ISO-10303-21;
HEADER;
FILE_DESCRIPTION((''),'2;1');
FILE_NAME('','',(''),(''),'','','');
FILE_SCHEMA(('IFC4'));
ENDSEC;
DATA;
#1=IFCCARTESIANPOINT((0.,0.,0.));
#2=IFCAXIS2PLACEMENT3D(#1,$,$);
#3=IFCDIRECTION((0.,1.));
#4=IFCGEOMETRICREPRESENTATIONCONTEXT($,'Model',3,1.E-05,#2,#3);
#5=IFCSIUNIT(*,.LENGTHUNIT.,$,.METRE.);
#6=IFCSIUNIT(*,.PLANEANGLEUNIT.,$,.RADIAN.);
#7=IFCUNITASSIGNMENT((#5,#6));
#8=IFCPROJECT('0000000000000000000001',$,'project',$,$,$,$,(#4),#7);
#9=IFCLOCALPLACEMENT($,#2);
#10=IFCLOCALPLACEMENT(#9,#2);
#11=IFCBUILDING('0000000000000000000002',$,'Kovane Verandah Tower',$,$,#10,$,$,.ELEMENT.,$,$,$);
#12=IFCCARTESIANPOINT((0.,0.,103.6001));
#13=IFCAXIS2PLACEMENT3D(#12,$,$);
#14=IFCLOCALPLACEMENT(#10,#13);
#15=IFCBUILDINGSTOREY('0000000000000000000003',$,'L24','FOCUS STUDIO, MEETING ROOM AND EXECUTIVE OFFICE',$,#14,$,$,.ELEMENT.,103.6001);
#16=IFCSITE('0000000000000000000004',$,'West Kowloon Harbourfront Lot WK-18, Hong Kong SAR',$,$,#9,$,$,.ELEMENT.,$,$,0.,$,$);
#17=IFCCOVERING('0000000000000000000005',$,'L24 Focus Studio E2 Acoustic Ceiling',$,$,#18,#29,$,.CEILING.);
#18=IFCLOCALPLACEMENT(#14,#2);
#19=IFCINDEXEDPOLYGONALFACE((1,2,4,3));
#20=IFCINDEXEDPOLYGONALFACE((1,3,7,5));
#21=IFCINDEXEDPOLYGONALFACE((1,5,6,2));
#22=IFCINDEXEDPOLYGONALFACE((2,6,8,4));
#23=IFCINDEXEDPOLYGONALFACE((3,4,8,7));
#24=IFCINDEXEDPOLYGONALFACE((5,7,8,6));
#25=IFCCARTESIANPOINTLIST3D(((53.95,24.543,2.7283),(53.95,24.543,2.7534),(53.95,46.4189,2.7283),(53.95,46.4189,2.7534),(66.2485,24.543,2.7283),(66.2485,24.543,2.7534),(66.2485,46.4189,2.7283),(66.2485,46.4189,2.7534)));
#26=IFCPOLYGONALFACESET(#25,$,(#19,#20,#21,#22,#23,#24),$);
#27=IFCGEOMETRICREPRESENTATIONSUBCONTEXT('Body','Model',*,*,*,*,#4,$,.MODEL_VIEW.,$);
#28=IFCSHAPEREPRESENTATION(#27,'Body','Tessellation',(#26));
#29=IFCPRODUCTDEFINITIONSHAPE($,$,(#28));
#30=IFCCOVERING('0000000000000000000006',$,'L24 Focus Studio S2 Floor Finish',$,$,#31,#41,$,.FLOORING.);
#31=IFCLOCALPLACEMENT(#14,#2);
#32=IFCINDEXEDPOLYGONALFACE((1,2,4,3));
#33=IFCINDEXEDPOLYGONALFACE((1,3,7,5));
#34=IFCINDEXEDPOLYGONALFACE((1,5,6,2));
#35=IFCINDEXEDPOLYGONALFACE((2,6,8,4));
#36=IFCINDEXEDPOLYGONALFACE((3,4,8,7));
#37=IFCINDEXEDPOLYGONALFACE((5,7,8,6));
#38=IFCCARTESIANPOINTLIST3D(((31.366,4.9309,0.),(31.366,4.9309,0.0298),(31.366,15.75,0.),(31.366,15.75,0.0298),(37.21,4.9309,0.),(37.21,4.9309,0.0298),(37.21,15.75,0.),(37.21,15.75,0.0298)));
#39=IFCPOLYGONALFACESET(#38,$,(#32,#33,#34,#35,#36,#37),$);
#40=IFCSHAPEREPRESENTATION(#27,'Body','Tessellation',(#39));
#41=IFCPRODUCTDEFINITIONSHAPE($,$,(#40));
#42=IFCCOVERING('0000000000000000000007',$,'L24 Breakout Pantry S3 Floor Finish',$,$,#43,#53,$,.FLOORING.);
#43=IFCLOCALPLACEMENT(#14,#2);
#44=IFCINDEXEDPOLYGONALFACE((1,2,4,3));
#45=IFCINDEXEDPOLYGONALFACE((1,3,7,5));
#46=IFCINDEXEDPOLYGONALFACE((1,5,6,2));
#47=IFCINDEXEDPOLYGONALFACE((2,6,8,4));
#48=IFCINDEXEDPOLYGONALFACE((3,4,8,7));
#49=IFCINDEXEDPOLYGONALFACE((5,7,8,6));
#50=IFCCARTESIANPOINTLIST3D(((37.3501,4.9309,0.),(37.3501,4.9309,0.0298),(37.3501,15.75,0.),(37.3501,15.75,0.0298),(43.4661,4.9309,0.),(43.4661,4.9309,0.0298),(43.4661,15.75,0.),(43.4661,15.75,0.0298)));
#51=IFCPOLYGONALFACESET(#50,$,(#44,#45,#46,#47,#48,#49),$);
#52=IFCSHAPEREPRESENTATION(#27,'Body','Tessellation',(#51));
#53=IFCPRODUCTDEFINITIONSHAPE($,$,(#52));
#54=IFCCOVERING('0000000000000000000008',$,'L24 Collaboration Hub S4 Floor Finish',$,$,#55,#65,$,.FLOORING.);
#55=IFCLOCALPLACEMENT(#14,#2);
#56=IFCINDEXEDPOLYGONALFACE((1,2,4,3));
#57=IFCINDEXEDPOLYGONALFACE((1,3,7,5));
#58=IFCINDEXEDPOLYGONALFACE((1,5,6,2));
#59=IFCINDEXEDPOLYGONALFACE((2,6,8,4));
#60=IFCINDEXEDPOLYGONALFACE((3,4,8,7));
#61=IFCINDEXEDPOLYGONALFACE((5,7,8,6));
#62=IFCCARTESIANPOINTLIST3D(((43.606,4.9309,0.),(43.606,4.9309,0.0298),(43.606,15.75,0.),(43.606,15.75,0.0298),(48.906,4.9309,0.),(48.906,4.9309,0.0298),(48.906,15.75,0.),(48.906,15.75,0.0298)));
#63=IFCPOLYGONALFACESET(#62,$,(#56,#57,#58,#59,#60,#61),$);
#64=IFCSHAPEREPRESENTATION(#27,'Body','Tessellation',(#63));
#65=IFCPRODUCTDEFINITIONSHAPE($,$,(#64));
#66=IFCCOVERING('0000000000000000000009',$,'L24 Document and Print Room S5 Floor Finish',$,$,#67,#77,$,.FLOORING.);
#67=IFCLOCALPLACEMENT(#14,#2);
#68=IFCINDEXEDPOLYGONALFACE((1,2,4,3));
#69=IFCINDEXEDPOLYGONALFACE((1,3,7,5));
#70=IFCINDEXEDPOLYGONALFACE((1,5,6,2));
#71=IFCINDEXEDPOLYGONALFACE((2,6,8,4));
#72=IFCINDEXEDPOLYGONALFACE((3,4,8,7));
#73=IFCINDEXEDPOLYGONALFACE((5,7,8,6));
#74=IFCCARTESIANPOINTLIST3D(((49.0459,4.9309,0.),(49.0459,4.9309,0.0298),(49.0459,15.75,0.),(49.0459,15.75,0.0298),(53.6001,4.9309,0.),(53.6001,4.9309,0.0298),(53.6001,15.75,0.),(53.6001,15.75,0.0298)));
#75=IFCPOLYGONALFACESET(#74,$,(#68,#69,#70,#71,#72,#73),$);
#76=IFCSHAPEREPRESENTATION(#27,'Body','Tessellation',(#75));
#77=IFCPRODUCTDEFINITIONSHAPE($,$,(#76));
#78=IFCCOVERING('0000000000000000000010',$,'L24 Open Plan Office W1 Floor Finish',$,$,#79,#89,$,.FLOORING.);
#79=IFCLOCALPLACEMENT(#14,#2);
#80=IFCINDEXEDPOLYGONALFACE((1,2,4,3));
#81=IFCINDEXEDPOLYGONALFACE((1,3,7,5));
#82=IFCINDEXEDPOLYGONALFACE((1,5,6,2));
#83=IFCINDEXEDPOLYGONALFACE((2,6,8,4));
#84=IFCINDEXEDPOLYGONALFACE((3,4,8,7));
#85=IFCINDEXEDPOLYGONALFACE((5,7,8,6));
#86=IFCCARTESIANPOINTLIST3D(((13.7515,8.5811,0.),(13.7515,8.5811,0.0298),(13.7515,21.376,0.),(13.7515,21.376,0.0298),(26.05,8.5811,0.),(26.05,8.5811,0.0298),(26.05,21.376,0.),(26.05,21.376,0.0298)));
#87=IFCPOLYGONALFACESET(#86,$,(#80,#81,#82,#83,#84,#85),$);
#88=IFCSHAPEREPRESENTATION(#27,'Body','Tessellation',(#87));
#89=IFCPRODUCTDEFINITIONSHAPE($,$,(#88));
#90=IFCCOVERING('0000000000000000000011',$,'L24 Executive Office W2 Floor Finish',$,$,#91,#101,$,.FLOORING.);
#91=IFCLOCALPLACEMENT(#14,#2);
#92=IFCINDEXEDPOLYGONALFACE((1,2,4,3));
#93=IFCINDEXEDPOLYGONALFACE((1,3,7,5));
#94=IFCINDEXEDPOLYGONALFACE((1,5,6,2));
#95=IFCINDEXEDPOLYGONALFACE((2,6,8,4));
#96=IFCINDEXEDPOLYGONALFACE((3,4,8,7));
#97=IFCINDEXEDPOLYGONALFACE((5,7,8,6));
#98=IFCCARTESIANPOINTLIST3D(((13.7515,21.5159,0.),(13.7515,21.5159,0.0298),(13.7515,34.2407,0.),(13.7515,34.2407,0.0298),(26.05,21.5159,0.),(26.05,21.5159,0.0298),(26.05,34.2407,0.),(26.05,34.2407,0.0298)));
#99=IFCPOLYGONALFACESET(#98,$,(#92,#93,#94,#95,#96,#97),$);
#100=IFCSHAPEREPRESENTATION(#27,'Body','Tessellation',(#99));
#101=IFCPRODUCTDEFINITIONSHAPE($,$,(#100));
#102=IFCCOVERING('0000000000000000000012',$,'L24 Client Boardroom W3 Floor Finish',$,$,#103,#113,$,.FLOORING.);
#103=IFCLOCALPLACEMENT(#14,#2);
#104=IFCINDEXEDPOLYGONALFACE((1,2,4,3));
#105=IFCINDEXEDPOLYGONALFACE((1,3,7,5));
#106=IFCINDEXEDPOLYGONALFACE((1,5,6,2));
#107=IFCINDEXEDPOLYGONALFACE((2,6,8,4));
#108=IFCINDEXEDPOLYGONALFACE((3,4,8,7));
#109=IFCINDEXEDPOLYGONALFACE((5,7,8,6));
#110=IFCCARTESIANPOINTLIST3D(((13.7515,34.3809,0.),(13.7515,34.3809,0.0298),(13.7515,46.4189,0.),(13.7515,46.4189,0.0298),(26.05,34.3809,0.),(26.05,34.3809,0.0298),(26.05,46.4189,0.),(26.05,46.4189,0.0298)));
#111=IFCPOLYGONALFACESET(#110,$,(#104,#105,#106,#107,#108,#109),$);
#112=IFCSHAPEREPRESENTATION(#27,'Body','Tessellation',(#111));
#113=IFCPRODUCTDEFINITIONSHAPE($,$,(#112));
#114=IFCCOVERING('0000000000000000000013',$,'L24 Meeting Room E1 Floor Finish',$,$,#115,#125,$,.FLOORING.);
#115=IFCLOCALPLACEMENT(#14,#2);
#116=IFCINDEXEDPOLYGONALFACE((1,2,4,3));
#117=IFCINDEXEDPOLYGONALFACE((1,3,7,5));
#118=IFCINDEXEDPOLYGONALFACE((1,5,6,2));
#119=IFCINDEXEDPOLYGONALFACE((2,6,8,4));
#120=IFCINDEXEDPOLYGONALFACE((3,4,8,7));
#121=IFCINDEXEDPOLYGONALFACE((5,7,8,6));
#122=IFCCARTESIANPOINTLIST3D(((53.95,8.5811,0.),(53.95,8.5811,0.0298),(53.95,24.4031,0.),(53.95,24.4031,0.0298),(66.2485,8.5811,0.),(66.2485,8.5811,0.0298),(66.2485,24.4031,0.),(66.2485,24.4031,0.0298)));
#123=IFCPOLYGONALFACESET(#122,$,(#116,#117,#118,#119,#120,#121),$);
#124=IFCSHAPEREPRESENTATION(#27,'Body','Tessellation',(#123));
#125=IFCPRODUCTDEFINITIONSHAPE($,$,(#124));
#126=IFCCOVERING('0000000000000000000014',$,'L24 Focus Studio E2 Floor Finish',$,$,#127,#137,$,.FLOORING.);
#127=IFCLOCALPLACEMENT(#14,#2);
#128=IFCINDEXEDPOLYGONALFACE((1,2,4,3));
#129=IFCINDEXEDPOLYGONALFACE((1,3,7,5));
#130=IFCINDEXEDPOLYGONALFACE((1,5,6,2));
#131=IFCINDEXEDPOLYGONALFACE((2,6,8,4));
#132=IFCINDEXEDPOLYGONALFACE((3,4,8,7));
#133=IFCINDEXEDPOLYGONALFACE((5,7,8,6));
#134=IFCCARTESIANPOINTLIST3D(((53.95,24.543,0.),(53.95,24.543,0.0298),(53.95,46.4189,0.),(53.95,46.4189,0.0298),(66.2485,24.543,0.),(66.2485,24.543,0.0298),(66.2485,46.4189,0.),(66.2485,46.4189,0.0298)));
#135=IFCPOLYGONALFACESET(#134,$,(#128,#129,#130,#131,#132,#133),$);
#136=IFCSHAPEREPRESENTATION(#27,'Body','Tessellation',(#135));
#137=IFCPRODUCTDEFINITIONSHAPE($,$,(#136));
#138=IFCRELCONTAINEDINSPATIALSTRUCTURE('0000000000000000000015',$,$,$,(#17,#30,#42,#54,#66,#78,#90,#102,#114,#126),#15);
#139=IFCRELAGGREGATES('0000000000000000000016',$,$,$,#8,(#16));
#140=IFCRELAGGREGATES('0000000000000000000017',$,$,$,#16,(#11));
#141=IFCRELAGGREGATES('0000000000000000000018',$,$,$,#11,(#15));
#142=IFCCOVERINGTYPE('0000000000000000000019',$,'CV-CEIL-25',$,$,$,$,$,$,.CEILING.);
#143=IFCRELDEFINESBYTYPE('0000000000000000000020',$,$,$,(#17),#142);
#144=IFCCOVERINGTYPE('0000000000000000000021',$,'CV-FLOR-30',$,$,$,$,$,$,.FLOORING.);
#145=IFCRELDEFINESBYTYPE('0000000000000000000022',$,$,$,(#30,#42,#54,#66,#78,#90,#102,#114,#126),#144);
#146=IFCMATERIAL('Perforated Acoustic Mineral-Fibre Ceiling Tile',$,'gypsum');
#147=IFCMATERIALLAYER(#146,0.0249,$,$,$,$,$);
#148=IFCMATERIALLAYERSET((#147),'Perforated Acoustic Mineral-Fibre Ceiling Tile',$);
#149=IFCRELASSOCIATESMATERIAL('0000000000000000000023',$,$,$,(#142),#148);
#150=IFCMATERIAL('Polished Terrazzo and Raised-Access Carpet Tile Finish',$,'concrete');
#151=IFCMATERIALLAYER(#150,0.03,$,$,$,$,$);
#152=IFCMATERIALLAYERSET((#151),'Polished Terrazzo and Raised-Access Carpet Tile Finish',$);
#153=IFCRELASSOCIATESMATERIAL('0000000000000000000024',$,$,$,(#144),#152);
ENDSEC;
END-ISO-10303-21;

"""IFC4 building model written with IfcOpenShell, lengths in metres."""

from ifc_helpers import new_model, si_unit, direction, frame, origin, place, context, subcontext, project, spatial, polyline, outline, extrude, material, layer, layer_set, type_object, element, save


model = new_model("IFC4")

# Units and contexts
model_context = context("Model", 3, precision=1e-05, world=origin(), true_north=direction((0.0, 1.0)))
body_context = subcontext(model_context, "Body", "Model", "MODEL_VIEW")
ifc_project = project(units=[si_unit("LENGTHUNIT", "METRE"), si_unit("PLANEANGLEUNIT", "RADIAN")], contexts=[model_context])

# Site, building, storey
site_placement = place(None, origin())
site = spatial("IfcSite", under=ifc_project, at=site_placement, Name="West Kowloon Harbourfront Lot WK-18, Hong Kong SAR", CompositionType="ELEMENT", RefElevation=0.0)
building_placement = place(site_placement, origin())
building = spatial("IfcBuilding", under=site, at=building_placement, Name="Kovane Verandah Tower", CompositionType="ELEMENT")
storey_placement = place(building_placement, frame((0.0, 0.0, 103.6001)))
storey = spatial("IfcBuildingStorey", under=building, at=storey_placement, Name="L24", Description="FOCUS STUDIO, MEETING ROOM AND EXECUTIVE OFFICE", CompositionType="ELEMENT", Elevation=103.6001)

# Coverings
ifc_material_1 = material(Name="Perforated Acoustic Mineral-Fibre Ceiling Tile", Category="gypsum")
ifc_layer_1 = layer(ifc_material_1, 0.0249)
ifc_layer_set_1 = layer_set([ifc_layer_1], Name="Perforated Acoustic Mineral-Fibre Ceiling Tile")
covering_type_1 = type_object("IfcCoveringType", Name="CV-CEIL-25", PredefinedType="CEILING", material=ifc_layer_set_1)
covering_1_placement = place(storey_placement, frame((0.0, 0.0, 2.7283)))
element("IfcCovering", 1, at=covering_1_placement, inside=storey, type_object=covering_type_1, Name="L24 Focus Studio E2 Acoustic Ceiling", PredefinedType="CEILING", context=body_context, shape_type="SweptSolid", body=[
    extrude(outline(polyline([(53.95, 24.543), (66.2485, 24.543), (66.2485, 46.4189), (53.95, 46.4189), (53.95, 24.543)])), origin(), (0.0, 0.0, 1.0), 0.0251),
])
ifc_material_2 = material(Name="Polished Terrazzo and Raised-Access Carpet Tile Finish", Category="concrete")
ifc_layer_2 = layer(ifc_material_2, 0.03)
ifc_layer_set_2 = layer_set([ifc_layer_2], Name="Polished Terrazzo and Raised-Access Carpet Tile Finish")
covering_type_2 = type_object("IfcCoveringType", Name="CV-FLOR-30", PredefinedType="FLOORING", material=ifc_layer_set_2)
covering_2_placement = place(storey_placement, origin())
element("IfcCovering", 2, at=covering_2_placement, inside=storey, type_object=covering_type_2, Name="L24 Focus Studio S2 Floor Finish", PredefinedType="FLOORING", context=body_context, shape_type="SweptSolid", body=[
    extrude(outline(polyline([(31.366, 4.9309), (37.21, 4.9309), (37.21, 15.75), (31.366, 15.75), (31.366, 4.9309)])), origin(), (0.0, 0.0, 1.0), 0.0298),
])
covering_3_placement = place(storey_placement, origin())
element("IfcCovering", 3, at=covering_3_placement, inside=storey, type_object=covering_type_2, Name="L24 Breakout Pantry S3 Floor Finish", PredefinedType="FLOORING", context=body_context, shape_type="SweptSolid", body=[
    extrude(outline(polyline([(37.3501, 4.9309), (43.4661, 4.9309), (43.4661, 15.75), (37.3501, 15.75), (37.3501, 4.9309)])), origin(), (0.0, 0.0, 1.0), 0.0298),
])
covering_4_placement = place(storey_placement, origin())
element("IfcCovering", 4, at=covering_4_placement, inside=storey, type_object=covering_type_2, Name="L24 Collaboration Hub S4 Floor Finish", PredefinedType="FLOORING", context=body_context, shape_type="SweptSolid", body=[
    extrude(outline(polyline([(43.606, 4.9309), (48.906, 4.9309), (48.906, 15.75), (43.606, 15.75), (43.606, 4.9309)])), origin(), (0.0, 0.0, 1.0), 0.0298),
])
covering_5_placement = place(storey_placement, origin())
element("IfcCovering", 5, at=covering_5_placement, inside=storey, type_object=covering_type_2, Name="L24 Document and Print Room S5 Floor Finish", PredefinedType="FLOORING", context=body_context, shape_type="SweptSolid", body=[
    extrude(outline(polyline([(49.0459, 4.9309), (53.6001, 4.9309), (53.6001, 15.75), (49.0459, 15.75), (49.0459, 4.9309)])), origin(), (0.0, 0.0, 1.0), 0.0298),
])
covering_6_placement = place(storey_placement, origin())
element("IfcCovering", 6, at=covering_6_placement, inside=storey, type_object=covering_type_2, Name="L24 Open Plan Office W1 Floor Finish", PredefinedType="FLOORING", context=body_context, shape_type="SweptSolid", body=[
    extrude(outline(polyline([(13.7515, 8.5811), (26.05, 8.5811), (26.05, 21.376), (13.7515, 21.376), (13.7515, 8.5811)])), origin(), (0.0, 0.0, 1.0), 0.0298),
])
covering_7_placement = place(storey_placement, origin())
element("IfcCovering", 7, at=covering_7_placement, inside=storey, type_object=covering_type_2, Name="L24 Executive Office W2 Floor Finish", PredefinedType="FLOORING", context=body_context, shape_type="SweptSolid", body=[
    extrude(outline(polyline([(13.7515, 21.5159), (26.05, 21.5159), (26.05, 34.2407), (13.7515, 34.2407), (13.7515, 21.5159)])), origin(), (0.0, 0.0, 1.0), 0.0298),
])
covering_8_placement = place(storey_placement, origin())
element("IfcCovering", 8, at=covering_8_placement, inside=storey, type_object=covering_type_2, Name="L24 Client Boardroom W3 Floor Finish", PredefinedType="FLOORING", context=body_context, shape_type="SweptSolid", body=[
    extrude(outline(polyline([(13.7515, 34.3809), (26.05, 34.3809), (26.05, 46.4189), (13.7515, 46.4189), (13.7515, 34.3809)])), origin(), (0.0, 0.0, 1.0), 0.0298),
])
covering_9_placement = place(storey_placement, origin())
element("IfcCovering", 9, at=covering_9_placement, inside=storey, type_object=covering_type_2, Name="L24 Meeting Room E1 Floor Finish", PredefinedType="FLOORING", context=body_context, shape_type="SweptSolid", body=[
    extrude(outline(polyline([(53.95, 8.5811), (66.2485, 8.5811), (66.2485, 24.4031), (53.95, 24.4031), (53.95, 8.5811)])), origin(), (0.0, 0.0, 1.0), 0.0298),
])
covering_10_placement = place(storey_placement, origin())
element("IfcCovering", 10, at=covering_10_placement, inside=storey, type_object=covering_type_2, Name="L24 Focus Studio E2 Floor Finish", PredefinedType="FLOORING", context=body_context, shape_type="SweptSolid", body=[
    extrude(outline(polyline([(53.95, 24.543), (66.2485, 24.543), (66.2485, 46.4189), (53.95, 46.4189), (53.95, 24.543)])), origin(), (0.0, 0.0, 1.0), 0.0298),
])

save(model, "model.ifc")
